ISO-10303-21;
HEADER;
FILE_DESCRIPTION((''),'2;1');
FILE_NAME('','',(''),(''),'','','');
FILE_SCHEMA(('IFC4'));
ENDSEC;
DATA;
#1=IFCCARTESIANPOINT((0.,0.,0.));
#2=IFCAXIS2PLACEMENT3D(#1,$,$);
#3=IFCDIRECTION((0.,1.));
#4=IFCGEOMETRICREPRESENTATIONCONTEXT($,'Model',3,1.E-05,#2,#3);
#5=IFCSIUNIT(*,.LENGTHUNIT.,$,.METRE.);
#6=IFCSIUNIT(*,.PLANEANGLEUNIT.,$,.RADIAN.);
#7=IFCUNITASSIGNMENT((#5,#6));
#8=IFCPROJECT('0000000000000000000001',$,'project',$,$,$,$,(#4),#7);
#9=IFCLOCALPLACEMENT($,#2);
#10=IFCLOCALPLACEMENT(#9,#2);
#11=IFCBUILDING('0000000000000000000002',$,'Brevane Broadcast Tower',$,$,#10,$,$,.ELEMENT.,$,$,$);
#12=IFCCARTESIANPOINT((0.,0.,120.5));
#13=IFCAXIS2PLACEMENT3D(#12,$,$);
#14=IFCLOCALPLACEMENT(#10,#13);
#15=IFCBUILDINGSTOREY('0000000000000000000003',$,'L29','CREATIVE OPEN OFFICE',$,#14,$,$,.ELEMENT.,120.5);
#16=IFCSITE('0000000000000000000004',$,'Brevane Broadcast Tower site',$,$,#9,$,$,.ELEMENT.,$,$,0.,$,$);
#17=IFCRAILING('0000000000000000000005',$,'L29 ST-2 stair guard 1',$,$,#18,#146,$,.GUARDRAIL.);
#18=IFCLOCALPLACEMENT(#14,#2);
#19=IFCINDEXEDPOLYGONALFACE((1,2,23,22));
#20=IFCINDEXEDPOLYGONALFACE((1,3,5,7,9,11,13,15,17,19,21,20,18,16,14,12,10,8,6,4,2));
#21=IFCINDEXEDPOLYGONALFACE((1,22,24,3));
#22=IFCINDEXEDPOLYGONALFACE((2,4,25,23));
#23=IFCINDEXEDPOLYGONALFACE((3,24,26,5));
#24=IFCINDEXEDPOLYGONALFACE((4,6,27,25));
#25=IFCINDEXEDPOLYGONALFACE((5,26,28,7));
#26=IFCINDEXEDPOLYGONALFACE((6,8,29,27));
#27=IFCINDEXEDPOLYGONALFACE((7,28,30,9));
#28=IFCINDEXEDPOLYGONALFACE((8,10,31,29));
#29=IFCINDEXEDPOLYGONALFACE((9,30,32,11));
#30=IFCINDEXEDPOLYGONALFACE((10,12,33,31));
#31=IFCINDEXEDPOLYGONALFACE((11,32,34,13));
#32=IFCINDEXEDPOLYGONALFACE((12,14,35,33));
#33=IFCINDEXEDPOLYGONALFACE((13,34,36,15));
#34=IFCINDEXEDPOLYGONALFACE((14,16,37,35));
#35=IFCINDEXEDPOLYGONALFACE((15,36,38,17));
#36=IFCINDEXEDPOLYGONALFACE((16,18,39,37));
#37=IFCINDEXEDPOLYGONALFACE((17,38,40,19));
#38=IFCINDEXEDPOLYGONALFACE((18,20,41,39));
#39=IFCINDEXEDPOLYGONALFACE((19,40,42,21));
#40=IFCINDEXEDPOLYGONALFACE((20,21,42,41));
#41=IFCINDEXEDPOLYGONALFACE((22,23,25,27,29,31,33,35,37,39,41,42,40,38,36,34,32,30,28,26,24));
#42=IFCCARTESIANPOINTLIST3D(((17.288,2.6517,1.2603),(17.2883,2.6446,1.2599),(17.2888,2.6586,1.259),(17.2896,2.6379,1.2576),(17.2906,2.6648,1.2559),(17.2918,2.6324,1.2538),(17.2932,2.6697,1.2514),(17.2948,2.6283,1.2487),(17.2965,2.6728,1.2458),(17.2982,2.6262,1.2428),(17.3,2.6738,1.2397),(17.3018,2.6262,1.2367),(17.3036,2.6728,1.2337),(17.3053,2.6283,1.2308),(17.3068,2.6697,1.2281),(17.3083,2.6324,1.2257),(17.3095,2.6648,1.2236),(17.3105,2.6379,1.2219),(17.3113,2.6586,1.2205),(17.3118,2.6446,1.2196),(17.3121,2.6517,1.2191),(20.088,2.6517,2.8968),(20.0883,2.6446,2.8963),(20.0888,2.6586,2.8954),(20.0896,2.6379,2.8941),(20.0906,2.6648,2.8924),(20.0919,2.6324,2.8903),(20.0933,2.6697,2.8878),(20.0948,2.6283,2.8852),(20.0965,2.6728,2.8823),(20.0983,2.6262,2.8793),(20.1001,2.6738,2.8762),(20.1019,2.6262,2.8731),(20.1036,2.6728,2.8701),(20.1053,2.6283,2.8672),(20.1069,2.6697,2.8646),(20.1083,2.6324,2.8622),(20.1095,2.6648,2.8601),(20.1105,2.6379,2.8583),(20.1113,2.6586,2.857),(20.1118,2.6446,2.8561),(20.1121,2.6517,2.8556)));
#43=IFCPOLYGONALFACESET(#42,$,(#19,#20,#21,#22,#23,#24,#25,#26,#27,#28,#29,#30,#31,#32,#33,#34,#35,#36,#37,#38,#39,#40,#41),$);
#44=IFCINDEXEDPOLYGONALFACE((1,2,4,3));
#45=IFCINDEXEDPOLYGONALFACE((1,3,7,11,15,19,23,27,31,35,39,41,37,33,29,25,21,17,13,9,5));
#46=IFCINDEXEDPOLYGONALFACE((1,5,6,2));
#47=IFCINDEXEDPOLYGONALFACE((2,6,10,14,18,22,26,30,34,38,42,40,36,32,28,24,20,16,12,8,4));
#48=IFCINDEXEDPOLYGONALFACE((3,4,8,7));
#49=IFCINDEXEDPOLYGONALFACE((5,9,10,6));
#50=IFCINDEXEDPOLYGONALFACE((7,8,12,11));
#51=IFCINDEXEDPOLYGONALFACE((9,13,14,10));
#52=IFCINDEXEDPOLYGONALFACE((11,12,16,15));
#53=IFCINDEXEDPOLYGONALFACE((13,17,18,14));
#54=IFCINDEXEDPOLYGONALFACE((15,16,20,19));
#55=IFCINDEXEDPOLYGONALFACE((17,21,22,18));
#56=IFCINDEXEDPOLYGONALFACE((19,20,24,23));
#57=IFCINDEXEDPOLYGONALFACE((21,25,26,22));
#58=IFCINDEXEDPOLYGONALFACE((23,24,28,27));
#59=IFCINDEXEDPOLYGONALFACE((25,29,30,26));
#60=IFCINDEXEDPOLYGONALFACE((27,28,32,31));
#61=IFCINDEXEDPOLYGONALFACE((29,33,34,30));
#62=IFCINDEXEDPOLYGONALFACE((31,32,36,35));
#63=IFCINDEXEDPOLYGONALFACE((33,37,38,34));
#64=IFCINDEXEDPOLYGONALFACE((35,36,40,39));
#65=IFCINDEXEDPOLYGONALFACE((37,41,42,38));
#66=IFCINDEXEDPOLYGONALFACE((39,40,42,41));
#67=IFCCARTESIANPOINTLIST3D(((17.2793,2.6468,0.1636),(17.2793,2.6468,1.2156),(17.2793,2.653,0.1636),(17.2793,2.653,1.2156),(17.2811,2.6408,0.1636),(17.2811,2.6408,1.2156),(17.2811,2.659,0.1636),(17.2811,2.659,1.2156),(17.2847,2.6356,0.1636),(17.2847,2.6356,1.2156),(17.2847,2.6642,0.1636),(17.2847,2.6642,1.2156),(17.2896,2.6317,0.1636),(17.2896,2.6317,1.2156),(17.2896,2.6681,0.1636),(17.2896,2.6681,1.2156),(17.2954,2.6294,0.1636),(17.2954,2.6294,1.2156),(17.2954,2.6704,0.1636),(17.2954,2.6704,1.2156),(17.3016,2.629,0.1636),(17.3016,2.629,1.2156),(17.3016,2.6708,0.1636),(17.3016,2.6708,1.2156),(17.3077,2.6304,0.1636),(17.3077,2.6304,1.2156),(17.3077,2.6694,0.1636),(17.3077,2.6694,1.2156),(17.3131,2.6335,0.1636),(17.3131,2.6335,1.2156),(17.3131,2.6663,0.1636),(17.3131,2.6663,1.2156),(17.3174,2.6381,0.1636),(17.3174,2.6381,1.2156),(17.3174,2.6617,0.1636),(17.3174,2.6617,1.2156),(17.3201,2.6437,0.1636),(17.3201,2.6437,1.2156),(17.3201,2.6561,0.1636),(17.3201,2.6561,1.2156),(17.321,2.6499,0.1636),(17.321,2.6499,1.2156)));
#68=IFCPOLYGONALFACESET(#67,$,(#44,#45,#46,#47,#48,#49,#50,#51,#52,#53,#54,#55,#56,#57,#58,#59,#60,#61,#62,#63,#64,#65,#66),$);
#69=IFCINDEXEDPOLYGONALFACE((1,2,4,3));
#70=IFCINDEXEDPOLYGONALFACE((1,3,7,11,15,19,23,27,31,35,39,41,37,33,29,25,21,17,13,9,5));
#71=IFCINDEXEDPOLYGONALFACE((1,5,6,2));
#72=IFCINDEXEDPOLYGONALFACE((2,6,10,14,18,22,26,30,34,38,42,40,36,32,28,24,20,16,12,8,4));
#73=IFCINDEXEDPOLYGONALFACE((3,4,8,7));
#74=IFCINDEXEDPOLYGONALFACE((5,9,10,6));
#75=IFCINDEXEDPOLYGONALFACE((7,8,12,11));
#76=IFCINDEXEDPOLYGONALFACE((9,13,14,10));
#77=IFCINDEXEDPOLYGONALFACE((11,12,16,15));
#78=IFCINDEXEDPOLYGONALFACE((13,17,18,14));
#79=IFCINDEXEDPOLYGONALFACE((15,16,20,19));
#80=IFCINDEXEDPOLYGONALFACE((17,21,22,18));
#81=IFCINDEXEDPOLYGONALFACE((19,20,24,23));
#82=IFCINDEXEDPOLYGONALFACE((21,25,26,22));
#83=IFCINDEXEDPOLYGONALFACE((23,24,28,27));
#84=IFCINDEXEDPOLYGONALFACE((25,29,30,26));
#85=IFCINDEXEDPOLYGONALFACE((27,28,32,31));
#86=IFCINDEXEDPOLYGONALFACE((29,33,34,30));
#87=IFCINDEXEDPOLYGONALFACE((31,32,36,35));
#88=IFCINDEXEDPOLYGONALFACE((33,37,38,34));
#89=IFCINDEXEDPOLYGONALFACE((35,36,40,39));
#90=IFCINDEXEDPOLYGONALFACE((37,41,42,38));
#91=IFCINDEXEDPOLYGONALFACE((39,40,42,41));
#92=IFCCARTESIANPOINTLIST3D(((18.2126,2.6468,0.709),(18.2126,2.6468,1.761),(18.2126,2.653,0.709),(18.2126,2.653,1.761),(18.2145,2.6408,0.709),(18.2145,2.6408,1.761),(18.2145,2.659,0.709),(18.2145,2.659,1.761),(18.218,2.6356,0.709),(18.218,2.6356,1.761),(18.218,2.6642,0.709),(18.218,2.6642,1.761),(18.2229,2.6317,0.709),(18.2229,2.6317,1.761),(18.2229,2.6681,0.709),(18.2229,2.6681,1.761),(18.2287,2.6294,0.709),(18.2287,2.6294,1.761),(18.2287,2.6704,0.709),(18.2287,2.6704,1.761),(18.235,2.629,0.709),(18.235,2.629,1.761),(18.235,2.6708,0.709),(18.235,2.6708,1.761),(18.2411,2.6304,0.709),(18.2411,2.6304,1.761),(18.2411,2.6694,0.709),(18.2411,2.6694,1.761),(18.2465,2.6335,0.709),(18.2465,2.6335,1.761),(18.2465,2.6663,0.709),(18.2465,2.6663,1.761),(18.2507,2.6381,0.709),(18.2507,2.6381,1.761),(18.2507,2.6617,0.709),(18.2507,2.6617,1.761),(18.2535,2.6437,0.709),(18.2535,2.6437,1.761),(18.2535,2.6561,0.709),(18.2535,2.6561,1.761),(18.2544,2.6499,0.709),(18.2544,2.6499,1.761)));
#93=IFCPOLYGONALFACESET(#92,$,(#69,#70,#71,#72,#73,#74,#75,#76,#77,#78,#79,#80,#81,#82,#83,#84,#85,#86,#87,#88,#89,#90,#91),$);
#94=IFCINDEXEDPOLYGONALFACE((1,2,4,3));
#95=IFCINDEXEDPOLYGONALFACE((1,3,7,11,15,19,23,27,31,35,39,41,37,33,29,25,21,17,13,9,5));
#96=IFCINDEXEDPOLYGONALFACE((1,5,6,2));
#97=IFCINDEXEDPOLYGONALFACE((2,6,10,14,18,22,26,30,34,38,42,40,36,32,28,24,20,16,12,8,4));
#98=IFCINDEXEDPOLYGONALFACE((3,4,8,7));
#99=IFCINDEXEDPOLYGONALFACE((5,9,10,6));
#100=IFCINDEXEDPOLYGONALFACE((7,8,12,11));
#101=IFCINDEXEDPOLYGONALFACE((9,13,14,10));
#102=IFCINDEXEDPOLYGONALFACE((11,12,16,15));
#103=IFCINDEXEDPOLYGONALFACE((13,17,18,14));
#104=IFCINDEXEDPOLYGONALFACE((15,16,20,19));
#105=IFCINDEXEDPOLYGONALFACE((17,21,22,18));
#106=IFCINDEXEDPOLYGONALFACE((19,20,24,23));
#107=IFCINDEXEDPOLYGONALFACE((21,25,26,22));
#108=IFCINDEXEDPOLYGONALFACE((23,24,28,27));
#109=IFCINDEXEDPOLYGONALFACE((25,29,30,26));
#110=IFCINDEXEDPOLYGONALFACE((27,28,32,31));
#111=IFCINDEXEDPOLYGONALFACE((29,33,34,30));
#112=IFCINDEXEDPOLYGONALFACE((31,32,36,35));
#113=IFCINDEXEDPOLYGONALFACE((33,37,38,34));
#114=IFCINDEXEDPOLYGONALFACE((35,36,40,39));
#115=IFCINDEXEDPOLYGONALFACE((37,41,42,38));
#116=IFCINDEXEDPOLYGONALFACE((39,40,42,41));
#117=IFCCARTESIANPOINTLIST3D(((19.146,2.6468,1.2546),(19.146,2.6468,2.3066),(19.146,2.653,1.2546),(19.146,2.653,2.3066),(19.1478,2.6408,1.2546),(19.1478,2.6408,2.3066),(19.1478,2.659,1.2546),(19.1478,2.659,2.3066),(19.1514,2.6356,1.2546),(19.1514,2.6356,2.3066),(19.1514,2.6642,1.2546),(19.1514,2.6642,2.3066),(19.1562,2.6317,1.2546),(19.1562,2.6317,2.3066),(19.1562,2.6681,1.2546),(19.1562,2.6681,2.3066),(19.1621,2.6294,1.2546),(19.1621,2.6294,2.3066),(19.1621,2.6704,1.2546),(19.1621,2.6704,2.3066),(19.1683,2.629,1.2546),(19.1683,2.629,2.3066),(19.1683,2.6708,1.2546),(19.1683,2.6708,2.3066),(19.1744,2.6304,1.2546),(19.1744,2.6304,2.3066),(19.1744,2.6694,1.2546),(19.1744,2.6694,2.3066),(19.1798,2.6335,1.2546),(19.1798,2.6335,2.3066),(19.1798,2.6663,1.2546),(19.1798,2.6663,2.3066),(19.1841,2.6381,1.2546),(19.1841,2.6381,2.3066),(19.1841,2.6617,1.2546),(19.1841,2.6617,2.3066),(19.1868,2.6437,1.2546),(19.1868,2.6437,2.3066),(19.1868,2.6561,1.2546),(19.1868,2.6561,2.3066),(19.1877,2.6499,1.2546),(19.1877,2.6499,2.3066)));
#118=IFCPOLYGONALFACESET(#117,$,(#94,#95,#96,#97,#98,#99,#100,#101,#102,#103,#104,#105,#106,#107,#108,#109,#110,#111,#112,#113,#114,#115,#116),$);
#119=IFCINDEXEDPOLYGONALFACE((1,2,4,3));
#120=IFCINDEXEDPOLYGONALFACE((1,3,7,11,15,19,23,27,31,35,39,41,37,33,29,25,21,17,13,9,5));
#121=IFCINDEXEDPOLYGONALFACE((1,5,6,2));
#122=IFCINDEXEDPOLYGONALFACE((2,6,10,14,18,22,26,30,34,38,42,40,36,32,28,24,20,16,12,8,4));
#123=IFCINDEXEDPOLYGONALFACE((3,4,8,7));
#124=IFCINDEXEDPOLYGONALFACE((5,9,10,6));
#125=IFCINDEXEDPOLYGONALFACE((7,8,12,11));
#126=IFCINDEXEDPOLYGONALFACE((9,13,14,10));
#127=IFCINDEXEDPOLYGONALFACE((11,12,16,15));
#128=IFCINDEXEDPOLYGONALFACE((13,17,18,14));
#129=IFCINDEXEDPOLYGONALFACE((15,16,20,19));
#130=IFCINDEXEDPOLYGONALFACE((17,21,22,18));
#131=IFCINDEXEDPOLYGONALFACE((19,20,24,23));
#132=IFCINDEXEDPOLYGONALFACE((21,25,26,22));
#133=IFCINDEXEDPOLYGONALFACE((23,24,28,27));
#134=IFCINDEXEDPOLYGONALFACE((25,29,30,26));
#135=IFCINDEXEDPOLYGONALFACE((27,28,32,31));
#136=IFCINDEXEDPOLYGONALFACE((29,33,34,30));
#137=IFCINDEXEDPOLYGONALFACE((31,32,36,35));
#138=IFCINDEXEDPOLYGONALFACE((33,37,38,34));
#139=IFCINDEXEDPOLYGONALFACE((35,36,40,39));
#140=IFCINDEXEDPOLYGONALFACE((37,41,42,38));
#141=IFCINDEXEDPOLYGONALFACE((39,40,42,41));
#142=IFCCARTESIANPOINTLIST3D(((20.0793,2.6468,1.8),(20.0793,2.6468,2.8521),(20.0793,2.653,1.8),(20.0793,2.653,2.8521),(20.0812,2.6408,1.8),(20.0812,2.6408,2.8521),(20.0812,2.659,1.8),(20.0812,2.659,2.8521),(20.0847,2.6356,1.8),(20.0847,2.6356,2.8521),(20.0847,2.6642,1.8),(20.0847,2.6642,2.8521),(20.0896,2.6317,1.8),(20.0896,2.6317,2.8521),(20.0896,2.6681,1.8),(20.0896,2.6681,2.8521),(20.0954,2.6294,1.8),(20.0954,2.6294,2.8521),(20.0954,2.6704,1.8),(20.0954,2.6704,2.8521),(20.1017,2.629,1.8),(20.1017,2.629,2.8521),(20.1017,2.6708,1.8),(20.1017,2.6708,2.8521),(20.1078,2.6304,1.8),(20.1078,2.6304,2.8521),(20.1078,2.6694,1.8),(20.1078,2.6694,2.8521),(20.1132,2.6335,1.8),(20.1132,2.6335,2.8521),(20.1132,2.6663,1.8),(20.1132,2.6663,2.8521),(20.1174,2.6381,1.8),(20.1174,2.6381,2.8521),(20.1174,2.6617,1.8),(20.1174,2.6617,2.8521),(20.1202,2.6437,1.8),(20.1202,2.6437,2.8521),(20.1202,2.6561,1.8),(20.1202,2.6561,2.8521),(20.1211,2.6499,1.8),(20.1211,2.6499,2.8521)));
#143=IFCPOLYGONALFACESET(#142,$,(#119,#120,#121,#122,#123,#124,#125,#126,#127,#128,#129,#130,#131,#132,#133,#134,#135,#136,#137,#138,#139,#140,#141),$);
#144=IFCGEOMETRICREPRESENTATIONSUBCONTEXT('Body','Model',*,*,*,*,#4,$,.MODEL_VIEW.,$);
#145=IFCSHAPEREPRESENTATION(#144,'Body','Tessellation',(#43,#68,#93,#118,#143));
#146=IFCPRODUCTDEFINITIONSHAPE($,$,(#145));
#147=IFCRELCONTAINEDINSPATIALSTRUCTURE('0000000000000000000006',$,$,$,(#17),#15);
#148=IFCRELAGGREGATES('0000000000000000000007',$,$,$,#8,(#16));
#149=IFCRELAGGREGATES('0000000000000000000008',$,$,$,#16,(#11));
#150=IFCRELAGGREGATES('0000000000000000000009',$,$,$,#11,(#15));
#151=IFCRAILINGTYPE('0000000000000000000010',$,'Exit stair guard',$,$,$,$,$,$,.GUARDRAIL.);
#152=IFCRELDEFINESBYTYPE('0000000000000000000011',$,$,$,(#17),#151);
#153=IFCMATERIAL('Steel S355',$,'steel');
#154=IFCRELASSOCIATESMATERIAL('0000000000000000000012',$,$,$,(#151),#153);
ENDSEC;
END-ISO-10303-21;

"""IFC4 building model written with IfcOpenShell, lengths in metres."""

from ifc_helpers import new_model, si_unit, direction, frame, origin, origin_2d, place, context, subcontext, project, spatial, circle, extrude, material, type_object, element, save


model = new_model("IFC4")

# Units and contexts
model_context = context("Model", 3, precision=1e-05, world=origin(), true_north=direction((0.0, 1.0)))
body_context = subcontext(model_context, "Body", "Model", "MODEL_VIEW")
ifc_project = project(units=[si_unit("LENGTHUNIT", "METRE"), si_unit("PLANEANGLEUNIT", "RADIAN")], contexts=[model_context])

# Site, building, storey
site_placement = place(None, origin())
site = spatial("IfcSite", under=ifc_project, at=site_placement, Name="Brevane Broadcast Tower site", CompositionType="ELEMENT", RefElevation=0.0)
building_placement = place(site_placement, origin())
building = spatial("IfcBuilding", under=site, at=building_placement, Name="Brevane Broadcast Tower", CompositionType="ELEMENT")
storey_placement = place(building_placement, frame((0.0, 0.0, 120.5)))
storey = spatial("IfcBuildingStorey", under=building, at=storey_placement, Name="L29", Description="CREATIVE OPEN OFFICE", CompositionType="ELEMENT", Elevation=120.5)

# Railing
ifc_material_1 = material(Name="Steel S355", Category="steel")
railing_type = type_object("IfcRailingType", Name="Exit stair guard", PredefinedType="GUARDRAIL", material=ifc_material_1)
railing_1_placement = place(storey_placement, frame((17.3, 2.6499, 0.1636)))
element("IfcRailing", 1, at=railing_1_placement, inside=storey, type_object=railing_type, Name="L29 ST-2 stair guard 1", PredefinedType="GUARDRAIL", context=body_context, shape_type="SweptSolid", body=[
    extrude(circle(Radius=0.0239, at=origin_2d()), frame((0.0, 0.0, 1.0762), z_axis=(0.863361, 0.0, 0.504587), x_axis=(0.0, 1.0, 0.0)), (0.0, 0.0, 1.0), 3.2432),
    extrude(circle(Radius=0.021, at=origin_2d()), origin(), (0.0, 0.0, 1.0), 1.052),
    extrude(circle(Radius=0.021, at=origin_2d()), frame((0.9333, 0.0, 0.5454)), (0.0, 0.0, 1.0), 1.052),
    extrude(circle(Radius=0.021, at=origin_2d()), frame((1.8667, 0.0, 1.0911)), (0.0, 0.0, 1.0), 1.052),
    extrude(circle(Radius=0.021, at=origin_2d()), frame((2.8, 0.0, 1.6365)), (0.0, 0.0, 1.0), 1.052),
])

save(model, "model.ifc")
